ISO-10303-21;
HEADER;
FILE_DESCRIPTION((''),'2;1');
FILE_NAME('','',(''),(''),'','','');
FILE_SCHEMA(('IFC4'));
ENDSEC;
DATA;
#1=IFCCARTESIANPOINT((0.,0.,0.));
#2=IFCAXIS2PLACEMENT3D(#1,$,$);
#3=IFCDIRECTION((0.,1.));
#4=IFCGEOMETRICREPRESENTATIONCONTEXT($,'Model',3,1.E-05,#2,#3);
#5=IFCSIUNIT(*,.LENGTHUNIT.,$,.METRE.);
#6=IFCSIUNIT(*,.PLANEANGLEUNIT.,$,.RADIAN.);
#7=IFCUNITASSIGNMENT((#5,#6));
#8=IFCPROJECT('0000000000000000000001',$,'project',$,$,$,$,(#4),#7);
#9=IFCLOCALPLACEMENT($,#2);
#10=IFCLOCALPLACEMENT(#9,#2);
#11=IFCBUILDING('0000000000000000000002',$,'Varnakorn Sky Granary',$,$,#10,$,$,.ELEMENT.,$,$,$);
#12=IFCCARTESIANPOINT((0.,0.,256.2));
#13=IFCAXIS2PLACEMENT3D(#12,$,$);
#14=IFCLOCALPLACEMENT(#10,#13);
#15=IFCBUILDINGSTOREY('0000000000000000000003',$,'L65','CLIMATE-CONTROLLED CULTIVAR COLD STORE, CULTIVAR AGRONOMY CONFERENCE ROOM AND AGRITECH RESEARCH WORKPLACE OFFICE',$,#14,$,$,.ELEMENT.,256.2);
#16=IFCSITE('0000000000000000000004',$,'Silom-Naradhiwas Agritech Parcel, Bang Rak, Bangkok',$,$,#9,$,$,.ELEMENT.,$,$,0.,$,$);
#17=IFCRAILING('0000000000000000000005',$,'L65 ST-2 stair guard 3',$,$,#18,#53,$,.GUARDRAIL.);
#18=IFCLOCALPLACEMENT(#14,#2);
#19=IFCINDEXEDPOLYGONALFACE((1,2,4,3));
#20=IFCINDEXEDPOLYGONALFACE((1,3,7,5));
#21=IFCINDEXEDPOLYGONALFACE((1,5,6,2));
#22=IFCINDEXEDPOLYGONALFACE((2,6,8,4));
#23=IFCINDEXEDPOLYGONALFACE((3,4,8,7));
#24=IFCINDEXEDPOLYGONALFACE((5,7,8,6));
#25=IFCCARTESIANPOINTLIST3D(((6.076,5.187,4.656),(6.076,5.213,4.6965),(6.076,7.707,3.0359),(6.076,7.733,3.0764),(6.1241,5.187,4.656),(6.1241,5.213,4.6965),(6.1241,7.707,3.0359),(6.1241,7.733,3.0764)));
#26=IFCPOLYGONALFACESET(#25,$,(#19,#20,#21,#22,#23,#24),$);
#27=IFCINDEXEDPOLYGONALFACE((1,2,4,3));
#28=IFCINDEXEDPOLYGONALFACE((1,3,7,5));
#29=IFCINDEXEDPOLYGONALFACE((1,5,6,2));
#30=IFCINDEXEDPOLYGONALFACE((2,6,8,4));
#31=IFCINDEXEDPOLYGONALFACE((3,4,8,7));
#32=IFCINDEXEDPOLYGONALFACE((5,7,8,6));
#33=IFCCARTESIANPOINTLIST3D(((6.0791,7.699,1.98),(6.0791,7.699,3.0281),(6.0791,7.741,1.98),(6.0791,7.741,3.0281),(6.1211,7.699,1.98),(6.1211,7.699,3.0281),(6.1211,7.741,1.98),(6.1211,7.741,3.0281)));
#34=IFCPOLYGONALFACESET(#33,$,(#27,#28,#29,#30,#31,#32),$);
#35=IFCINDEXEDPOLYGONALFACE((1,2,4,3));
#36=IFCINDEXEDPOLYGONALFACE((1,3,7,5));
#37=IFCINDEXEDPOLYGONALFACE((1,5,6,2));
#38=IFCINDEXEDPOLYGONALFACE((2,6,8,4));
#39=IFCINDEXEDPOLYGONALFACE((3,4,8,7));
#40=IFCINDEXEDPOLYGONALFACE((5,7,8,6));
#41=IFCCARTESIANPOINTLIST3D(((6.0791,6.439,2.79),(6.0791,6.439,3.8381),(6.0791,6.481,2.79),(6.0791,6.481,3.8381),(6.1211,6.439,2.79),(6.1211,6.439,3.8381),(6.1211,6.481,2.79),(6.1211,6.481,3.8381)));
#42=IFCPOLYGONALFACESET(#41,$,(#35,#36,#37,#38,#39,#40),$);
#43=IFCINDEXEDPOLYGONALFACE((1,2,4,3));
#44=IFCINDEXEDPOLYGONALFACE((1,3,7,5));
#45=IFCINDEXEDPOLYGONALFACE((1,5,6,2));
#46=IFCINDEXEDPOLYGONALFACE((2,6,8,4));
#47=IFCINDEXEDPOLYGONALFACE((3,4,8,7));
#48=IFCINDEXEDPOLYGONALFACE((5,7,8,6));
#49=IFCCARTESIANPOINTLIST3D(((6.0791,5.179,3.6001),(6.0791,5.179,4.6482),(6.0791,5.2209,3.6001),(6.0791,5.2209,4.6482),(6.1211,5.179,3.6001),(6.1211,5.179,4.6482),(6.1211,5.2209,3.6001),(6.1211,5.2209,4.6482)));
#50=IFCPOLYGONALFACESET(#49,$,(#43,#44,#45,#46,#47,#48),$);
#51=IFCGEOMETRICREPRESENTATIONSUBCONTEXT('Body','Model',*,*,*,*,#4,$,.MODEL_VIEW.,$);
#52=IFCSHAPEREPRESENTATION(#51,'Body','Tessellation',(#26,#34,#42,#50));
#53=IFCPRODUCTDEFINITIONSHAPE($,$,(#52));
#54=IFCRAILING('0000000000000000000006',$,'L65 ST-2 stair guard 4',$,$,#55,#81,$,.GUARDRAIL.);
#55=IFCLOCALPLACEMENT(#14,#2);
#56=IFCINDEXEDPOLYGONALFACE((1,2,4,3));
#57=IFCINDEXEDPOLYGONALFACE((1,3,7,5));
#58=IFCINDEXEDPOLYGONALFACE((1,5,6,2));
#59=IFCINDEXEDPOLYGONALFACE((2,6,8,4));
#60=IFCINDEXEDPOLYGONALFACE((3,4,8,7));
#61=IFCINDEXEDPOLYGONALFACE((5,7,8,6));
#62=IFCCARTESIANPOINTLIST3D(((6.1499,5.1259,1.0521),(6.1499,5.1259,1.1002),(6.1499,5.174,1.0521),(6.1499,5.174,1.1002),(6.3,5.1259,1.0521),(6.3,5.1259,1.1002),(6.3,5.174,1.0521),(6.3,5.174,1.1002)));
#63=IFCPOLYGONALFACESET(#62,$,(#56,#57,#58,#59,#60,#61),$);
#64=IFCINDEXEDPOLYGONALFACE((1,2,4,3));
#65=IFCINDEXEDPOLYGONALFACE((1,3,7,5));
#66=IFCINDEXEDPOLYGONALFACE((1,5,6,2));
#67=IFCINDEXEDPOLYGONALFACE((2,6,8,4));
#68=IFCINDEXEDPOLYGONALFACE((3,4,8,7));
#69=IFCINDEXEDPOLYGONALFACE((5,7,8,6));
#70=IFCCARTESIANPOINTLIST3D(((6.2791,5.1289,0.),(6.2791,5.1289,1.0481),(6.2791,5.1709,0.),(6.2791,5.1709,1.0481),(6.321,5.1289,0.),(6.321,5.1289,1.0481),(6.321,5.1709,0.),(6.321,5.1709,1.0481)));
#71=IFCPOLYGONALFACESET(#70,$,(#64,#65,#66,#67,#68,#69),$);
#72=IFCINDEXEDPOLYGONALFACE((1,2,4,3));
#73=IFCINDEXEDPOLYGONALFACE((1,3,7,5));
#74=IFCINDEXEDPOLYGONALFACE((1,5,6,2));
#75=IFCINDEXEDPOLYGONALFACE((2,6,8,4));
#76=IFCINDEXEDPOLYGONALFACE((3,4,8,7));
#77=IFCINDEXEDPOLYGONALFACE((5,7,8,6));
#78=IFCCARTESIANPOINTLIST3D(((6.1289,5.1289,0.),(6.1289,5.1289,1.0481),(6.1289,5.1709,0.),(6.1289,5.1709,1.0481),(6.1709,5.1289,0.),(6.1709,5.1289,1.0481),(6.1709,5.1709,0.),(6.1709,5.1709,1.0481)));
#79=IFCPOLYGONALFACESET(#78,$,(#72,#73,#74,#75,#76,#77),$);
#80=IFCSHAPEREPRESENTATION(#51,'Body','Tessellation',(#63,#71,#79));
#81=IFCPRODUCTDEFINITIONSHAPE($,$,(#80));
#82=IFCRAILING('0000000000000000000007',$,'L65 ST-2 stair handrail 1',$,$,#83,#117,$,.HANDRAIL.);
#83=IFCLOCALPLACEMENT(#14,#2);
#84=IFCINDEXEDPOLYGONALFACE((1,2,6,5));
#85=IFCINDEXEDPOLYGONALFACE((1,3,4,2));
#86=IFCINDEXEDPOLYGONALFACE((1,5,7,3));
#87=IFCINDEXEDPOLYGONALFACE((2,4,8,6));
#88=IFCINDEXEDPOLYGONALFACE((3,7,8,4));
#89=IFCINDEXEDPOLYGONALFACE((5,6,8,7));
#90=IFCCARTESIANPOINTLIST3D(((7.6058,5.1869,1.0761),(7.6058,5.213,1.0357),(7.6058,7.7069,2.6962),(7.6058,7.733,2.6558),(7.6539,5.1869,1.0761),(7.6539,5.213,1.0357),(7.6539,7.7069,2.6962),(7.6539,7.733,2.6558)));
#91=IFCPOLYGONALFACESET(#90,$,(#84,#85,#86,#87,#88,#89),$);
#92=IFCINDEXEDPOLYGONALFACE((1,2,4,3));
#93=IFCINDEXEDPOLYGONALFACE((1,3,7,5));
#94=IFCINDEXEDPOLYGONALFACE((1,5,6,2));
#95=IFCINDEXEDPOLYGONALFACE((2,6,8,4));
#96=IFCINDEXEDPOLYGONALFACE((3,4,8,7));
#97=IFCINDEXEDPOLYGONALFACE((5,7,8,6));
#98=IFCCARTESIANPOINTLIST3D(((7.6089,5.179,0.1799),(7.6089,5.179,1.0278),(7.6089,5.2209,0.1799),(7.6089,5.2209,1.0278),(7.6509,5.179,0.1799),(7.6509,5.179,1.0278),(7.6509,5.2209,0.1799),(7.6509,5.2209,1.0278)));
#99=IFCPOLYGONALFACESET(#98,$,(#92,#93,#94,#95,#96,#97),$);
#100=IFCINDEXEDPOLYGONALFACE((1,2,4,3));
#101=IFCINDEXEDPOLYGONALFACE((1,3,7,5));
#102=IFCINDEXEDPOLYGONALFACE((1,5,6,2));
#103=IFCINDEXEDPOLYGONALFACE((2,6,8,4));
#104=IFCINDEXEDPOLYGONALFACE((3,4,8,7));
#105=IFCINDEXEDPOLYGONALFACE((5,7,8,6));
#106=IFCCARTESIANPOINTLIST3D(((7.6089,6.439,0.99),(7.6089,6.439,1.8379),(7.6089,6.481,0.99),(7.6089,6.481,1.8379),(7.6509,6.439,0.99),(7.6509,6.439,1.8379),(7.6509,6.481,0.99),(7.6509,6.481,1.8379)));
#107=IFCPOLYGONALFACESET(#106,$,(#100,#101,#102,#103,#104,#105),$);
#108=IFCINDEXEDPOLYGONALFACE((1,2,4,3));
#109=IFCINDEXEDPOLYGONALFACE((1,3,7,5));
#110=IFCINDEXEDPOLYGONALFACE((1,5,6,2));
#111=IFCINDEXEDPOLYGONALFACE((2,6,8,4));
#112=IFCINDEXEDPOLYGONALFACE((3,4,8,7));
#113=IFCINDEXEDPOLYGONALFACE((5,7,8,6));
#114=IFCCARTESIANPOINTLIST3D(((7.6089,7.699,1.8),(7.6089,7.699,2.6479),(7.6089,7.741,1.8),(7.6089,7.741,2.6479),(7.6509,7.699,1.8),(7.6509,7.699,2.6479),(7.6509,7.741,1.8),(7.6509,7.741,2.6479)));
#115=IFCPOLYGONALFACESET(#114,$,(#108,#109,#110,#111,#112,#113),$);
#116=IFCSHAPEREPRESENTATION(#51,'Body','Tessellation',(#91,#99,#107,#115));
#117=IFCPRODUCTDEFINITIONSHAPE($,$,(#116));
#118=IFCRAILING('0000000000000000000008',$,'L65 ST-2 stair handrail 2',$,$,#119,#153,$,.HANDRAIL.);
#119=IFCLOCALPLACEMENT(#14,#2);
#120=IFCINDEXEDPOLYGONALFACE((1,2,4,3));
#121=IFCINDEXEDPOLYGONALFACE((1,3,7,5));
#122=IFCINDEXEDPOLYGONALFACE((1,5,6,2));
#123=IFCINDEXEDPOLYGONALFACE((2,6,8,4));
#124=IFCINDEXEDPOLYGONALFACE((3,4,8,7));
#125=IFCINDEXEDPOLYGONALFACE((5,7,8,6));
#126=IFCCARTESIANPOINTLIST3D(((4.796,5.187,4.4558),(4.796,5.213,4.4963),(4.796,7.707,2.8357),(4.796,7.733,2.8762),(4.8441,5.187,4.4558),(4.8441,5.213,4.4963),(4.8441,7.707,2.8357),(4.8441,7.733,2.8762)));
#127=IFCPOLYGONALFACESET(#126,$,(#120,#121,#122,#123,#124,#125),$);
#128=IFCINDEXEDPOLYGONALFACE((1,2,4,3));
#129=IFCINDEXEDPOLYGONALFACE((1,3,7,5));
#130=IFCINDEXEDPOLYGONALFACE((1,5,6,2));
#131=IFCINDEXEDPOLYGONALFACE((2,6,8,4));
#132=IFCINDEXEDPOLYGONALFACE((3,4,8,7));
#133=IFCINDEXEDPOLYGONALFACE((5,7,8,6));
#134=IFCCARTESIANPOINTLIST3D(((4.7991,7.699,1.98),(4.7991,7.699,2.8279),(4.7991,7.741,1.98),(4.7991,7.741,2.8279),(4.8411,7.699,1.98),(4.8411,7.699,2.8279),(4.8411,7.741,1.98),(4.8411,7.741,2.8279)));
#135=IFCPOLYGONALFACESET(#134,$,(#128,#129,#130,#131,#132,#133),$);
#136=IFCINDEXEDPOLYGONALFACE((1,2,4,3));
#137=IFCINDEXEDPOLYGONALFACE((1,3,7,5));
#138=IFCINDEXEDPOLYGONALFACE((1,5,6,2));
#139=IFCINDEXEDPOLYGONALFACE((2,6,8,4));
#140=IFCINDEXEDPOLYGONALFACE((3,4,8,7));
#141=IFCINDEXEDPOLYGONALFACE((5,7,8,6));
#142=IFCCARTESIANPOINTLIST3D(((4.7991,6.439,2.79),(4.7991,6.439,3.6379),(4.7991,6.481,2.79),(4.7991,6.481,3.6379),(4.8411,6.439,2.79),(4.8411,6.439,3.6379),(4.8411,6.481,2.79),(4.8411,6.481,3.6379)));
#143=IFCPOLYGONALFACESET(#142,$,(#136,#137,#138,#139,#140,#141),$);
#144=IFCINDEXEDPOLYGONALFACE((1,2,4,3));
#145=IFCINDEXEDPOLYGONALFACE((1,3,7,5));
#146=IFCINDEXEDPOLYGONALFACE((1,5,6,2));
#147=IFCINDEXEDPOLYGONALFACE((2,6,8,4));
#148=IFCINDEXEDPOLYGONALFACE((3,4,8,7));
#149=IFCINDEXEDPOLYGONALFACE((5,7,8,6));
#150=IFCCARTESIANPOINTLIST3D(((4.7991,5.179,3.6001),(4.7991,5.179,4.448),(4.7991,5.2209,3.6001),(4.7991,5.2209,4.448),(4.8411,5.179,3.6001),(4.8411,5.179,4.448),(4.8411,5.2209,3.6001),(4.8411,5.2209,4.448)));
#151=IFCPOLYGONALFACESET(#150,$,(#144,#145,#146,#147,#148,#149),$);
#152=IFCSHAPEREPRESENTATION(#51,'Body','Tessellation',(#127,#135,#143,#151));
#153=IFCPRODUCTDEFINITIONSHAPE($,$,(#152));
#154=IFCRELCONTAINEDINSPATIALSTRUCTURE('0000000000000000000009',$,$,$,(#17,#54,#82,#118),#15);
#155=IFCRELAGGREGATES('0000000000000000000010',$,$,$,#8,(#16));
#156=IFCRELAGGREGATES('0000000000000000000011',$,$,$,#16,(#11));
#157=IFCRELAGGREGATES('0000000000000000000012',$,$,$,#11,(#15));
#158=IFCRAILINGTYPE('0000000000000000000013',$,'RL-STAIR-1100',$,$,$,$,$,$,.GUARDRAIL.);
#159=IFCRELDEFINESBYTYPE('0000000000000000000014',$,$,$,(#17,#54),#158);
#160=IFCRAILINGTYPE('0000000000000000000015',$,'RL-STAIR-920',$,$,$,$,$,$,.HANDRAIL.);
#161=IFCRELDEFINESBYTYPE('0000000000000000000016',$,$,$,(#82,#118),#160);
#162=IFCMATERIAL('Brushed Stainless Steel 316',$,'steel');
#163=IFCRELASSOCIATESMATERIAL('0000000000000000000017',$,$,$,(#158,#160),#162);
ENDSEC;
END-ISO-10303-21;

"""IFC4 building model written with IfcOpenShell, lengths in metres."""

from ifc_helpers import new_model, si_unit, direction, frame, origin, origin_2d, place, context, subcontext, project, spatial, rectangle, extrude, material, type_object, element, save


model = new_model("IFC4")

# Units and contexts
model_context = context("Model", 3, precision=1e-05, world=origin(), true_north=direction((0.0, 1.0)))
body_context = subcontext(model_context, "Body", "Model", "MODEL_VIEW")
ifc_project = project(units=[si_unit("LENGTHUNIT", "METRE"), si_unit("PLANEANGLEUNIT", "RADIAN")], contexts=[model_context])

# Site, building, storey
site_placement = place(None, origin())
site = spatial("IfcSite", under=ifc_project, at=site_placement, Name="Silom-Naradhiwas Agritech Parcel, Bang Rak, Bangkok", CompositionType="ELEMENT", RefElevation=0.0)
building_placement = place(site_placement, origin())
building = spatial("IfcBuilding", under=site, at=building_placement, Name="Varnakorn Sky Granary", CompositionType="ELEMENT")
storey_placement = place(building_placement, frame((0.0, 0.0, 256.2)))
storey = spatial("IfcBuildingStorey", under=building, at=storey_placement, Name="L65", Description="CLIMATE-CONTROLLED CULTIVAR COLD STORE, CULTIVAR AGRONOMY CONFERENCE ROOM AND AGRITECH RESEARCH WORKPLACE OFFICE", CompositionType="ELEMENT", Elevation=256.2)

# Railings
ifc_material_1 = material(Name="Brushed Stainless Steel 316", Category="steel")
railing_type_1 = type_object("IfcRailingType", Name="RL-STAIR-1100", PredefinedType="GUARDRAIL", material=ifc_material_1)
railing_1_placement = place(storey_placement, frame((6.1001, 7.72, 1.98)))
element("IfcRailing", 1, at=railing_1_placement, inside=storey, type_object=railing_type_1, Name="L65 ST-2 stair guard 3", PredefinedType="GUARDRAIL", context=body_context, shape_type="SweptSolid", body=[
    extrude(rectangle(XDim=0.0481, YDim=0.0481, at=origin_2d()), frame((0.0, 0.0, 1.0762), z_axis=(0.0, -0.841163, 0.540782), x_axis=(1.0, 0.0, 0.0)), (0.0, 0.0, 1.0), 2.9958),
    extrude(rectangle(XDim=0.042, YDim=0.042, at=origin_2d()), origin(), (0.0, 0.0, 1.0), 1.0481),
    extrude(rectangle(XDim=0.042, YDim=0.042, at=origin_2d()), frame((0.0, -1.26, 0.8101)), (0.0, 0.0, 1.0), 1.0481),
    extrude(rectangle(XDim=0.042, YDim=0.042, at=origin_2d()), frame((0.0, -2.52, 1.6201)), (0.0, 0.0, 1.0), 1.0481),
])
railing_2_placement = place(storey_placement, frame((6.3, 5.1499, 0.0)))
element("IfcRailing", 2, at=railing_2_placement, inside=storey, type_object=railing_type_1, Name="L65 ST-2 stair guard 4", PredefinedType="GUARDRAIL", context=body_context, shape_type="SweptSolid", body=[
    extrude(rectangle(XDim=0.0481, YDim=0.0481, at=origin_2d()), frame((0.0, 0.0, 1.0762), z_axis=(-1.0, 0.0, 0.0), x_axis=(0.0, -1.0, 0.0)), (0.0, 0.0, 1.0), 0.1501),
    extrude(rectangle(XDim=0.042, YDim=0.042, at=origin_2d()), origin(), (0.0, 0.0, 1.0), 1.0481),
    extrude(rectangle(XDim=0.042, YDim=0.042, at=origin_2d()), frame((-0.1501, 0.0, 0.0)), (0.0, 0.0, 1.0), 1.0481),
])
railing_type_2 = type_object("IfcRailingType", Name="RL-STAIR-920", PredefinedType="HANDRAIL", material=ifc_material_1)
railing_3_placement = place(storey_placement, frame((7.6299, 5.2, 0.1799)))
element("IfcRailing", 3, at=railing_3_placement, inside=storey, type_object=railing_type_2, Name="L65 ST-2 stair handrail 1", PredefinedType="HANDRAIL", context=body_context, shape_type="SweptSolid", body=[
    extrude(rectangle(XDim=0.0481, YDim=0.0481, at=origin_2d()), frame((0.0, 0.0, 0.876), z_axis=(0.0, 0.841163, 0.540782), x_axis=(-1.0, 0.0, 0.0)), (0.0, 0.0, 1.0), 2.9958),
    extrude(rectangle(XDim=0.042, YDim=0.042, at=origin_2d()), origin(), (0.0, 0.0, 1.0), 0.8479),
    extrude(rectangle(XDim=0.042, YDim=0.042, at=origin_2d()), frame((0.0, 1.26, 0.8101)), (0.0, 0.0, 1.0), 0.8479),
    extrude(rectangle(XDim=0.042, YDim=0.042, at=origin_2d()), frame((0.0, 2.52, 1.6201)), (0.0, 0.0, 1.0), 0.8479),
])
railing_4_placement = place(storey_placement, frame((4.8201, 7.72, 1.98)))
element("IfcRailing", 4, at=railing_4_placement, inside=storey, type_object=railing_type_2, Name="L65 ST-2 stair handrail 2", PredefinedType="HANDRAIL", context=body_context, shape_type="SweptSolid", body=[
    extrude(rectangle(XDim=0.0481, YDim=0.0481, at=origin_2d()), frame((0.0, 0.0, 0.876), z_axis=(0.0, -0.841163, 0.540782), x_axis=(1.0, 0.0, 0.0)), (0.0, 0.0, 1.0), 2.9958),
    extrude(rectangle(XDim=0.042, YDim=0.042, at=origin_2d()), origin(), (0.0, 0.0, 1.0), 0.8479),
    extrude(rectangle(XDim=0.042, YDim=0.042, at=origin_2d()), frame((0.0, -1.26, 0.8101)), (0.0, 0.0, 1.0), 0.8479),
    extrude(rectangle(XDim=0.042, YDim=0.042, at=origin_2d()), frame((0.0, -2.52, 1.6201)), (0.0, 0.0, 1.0), 0.8479),
])

save(model, "model.ifc")
